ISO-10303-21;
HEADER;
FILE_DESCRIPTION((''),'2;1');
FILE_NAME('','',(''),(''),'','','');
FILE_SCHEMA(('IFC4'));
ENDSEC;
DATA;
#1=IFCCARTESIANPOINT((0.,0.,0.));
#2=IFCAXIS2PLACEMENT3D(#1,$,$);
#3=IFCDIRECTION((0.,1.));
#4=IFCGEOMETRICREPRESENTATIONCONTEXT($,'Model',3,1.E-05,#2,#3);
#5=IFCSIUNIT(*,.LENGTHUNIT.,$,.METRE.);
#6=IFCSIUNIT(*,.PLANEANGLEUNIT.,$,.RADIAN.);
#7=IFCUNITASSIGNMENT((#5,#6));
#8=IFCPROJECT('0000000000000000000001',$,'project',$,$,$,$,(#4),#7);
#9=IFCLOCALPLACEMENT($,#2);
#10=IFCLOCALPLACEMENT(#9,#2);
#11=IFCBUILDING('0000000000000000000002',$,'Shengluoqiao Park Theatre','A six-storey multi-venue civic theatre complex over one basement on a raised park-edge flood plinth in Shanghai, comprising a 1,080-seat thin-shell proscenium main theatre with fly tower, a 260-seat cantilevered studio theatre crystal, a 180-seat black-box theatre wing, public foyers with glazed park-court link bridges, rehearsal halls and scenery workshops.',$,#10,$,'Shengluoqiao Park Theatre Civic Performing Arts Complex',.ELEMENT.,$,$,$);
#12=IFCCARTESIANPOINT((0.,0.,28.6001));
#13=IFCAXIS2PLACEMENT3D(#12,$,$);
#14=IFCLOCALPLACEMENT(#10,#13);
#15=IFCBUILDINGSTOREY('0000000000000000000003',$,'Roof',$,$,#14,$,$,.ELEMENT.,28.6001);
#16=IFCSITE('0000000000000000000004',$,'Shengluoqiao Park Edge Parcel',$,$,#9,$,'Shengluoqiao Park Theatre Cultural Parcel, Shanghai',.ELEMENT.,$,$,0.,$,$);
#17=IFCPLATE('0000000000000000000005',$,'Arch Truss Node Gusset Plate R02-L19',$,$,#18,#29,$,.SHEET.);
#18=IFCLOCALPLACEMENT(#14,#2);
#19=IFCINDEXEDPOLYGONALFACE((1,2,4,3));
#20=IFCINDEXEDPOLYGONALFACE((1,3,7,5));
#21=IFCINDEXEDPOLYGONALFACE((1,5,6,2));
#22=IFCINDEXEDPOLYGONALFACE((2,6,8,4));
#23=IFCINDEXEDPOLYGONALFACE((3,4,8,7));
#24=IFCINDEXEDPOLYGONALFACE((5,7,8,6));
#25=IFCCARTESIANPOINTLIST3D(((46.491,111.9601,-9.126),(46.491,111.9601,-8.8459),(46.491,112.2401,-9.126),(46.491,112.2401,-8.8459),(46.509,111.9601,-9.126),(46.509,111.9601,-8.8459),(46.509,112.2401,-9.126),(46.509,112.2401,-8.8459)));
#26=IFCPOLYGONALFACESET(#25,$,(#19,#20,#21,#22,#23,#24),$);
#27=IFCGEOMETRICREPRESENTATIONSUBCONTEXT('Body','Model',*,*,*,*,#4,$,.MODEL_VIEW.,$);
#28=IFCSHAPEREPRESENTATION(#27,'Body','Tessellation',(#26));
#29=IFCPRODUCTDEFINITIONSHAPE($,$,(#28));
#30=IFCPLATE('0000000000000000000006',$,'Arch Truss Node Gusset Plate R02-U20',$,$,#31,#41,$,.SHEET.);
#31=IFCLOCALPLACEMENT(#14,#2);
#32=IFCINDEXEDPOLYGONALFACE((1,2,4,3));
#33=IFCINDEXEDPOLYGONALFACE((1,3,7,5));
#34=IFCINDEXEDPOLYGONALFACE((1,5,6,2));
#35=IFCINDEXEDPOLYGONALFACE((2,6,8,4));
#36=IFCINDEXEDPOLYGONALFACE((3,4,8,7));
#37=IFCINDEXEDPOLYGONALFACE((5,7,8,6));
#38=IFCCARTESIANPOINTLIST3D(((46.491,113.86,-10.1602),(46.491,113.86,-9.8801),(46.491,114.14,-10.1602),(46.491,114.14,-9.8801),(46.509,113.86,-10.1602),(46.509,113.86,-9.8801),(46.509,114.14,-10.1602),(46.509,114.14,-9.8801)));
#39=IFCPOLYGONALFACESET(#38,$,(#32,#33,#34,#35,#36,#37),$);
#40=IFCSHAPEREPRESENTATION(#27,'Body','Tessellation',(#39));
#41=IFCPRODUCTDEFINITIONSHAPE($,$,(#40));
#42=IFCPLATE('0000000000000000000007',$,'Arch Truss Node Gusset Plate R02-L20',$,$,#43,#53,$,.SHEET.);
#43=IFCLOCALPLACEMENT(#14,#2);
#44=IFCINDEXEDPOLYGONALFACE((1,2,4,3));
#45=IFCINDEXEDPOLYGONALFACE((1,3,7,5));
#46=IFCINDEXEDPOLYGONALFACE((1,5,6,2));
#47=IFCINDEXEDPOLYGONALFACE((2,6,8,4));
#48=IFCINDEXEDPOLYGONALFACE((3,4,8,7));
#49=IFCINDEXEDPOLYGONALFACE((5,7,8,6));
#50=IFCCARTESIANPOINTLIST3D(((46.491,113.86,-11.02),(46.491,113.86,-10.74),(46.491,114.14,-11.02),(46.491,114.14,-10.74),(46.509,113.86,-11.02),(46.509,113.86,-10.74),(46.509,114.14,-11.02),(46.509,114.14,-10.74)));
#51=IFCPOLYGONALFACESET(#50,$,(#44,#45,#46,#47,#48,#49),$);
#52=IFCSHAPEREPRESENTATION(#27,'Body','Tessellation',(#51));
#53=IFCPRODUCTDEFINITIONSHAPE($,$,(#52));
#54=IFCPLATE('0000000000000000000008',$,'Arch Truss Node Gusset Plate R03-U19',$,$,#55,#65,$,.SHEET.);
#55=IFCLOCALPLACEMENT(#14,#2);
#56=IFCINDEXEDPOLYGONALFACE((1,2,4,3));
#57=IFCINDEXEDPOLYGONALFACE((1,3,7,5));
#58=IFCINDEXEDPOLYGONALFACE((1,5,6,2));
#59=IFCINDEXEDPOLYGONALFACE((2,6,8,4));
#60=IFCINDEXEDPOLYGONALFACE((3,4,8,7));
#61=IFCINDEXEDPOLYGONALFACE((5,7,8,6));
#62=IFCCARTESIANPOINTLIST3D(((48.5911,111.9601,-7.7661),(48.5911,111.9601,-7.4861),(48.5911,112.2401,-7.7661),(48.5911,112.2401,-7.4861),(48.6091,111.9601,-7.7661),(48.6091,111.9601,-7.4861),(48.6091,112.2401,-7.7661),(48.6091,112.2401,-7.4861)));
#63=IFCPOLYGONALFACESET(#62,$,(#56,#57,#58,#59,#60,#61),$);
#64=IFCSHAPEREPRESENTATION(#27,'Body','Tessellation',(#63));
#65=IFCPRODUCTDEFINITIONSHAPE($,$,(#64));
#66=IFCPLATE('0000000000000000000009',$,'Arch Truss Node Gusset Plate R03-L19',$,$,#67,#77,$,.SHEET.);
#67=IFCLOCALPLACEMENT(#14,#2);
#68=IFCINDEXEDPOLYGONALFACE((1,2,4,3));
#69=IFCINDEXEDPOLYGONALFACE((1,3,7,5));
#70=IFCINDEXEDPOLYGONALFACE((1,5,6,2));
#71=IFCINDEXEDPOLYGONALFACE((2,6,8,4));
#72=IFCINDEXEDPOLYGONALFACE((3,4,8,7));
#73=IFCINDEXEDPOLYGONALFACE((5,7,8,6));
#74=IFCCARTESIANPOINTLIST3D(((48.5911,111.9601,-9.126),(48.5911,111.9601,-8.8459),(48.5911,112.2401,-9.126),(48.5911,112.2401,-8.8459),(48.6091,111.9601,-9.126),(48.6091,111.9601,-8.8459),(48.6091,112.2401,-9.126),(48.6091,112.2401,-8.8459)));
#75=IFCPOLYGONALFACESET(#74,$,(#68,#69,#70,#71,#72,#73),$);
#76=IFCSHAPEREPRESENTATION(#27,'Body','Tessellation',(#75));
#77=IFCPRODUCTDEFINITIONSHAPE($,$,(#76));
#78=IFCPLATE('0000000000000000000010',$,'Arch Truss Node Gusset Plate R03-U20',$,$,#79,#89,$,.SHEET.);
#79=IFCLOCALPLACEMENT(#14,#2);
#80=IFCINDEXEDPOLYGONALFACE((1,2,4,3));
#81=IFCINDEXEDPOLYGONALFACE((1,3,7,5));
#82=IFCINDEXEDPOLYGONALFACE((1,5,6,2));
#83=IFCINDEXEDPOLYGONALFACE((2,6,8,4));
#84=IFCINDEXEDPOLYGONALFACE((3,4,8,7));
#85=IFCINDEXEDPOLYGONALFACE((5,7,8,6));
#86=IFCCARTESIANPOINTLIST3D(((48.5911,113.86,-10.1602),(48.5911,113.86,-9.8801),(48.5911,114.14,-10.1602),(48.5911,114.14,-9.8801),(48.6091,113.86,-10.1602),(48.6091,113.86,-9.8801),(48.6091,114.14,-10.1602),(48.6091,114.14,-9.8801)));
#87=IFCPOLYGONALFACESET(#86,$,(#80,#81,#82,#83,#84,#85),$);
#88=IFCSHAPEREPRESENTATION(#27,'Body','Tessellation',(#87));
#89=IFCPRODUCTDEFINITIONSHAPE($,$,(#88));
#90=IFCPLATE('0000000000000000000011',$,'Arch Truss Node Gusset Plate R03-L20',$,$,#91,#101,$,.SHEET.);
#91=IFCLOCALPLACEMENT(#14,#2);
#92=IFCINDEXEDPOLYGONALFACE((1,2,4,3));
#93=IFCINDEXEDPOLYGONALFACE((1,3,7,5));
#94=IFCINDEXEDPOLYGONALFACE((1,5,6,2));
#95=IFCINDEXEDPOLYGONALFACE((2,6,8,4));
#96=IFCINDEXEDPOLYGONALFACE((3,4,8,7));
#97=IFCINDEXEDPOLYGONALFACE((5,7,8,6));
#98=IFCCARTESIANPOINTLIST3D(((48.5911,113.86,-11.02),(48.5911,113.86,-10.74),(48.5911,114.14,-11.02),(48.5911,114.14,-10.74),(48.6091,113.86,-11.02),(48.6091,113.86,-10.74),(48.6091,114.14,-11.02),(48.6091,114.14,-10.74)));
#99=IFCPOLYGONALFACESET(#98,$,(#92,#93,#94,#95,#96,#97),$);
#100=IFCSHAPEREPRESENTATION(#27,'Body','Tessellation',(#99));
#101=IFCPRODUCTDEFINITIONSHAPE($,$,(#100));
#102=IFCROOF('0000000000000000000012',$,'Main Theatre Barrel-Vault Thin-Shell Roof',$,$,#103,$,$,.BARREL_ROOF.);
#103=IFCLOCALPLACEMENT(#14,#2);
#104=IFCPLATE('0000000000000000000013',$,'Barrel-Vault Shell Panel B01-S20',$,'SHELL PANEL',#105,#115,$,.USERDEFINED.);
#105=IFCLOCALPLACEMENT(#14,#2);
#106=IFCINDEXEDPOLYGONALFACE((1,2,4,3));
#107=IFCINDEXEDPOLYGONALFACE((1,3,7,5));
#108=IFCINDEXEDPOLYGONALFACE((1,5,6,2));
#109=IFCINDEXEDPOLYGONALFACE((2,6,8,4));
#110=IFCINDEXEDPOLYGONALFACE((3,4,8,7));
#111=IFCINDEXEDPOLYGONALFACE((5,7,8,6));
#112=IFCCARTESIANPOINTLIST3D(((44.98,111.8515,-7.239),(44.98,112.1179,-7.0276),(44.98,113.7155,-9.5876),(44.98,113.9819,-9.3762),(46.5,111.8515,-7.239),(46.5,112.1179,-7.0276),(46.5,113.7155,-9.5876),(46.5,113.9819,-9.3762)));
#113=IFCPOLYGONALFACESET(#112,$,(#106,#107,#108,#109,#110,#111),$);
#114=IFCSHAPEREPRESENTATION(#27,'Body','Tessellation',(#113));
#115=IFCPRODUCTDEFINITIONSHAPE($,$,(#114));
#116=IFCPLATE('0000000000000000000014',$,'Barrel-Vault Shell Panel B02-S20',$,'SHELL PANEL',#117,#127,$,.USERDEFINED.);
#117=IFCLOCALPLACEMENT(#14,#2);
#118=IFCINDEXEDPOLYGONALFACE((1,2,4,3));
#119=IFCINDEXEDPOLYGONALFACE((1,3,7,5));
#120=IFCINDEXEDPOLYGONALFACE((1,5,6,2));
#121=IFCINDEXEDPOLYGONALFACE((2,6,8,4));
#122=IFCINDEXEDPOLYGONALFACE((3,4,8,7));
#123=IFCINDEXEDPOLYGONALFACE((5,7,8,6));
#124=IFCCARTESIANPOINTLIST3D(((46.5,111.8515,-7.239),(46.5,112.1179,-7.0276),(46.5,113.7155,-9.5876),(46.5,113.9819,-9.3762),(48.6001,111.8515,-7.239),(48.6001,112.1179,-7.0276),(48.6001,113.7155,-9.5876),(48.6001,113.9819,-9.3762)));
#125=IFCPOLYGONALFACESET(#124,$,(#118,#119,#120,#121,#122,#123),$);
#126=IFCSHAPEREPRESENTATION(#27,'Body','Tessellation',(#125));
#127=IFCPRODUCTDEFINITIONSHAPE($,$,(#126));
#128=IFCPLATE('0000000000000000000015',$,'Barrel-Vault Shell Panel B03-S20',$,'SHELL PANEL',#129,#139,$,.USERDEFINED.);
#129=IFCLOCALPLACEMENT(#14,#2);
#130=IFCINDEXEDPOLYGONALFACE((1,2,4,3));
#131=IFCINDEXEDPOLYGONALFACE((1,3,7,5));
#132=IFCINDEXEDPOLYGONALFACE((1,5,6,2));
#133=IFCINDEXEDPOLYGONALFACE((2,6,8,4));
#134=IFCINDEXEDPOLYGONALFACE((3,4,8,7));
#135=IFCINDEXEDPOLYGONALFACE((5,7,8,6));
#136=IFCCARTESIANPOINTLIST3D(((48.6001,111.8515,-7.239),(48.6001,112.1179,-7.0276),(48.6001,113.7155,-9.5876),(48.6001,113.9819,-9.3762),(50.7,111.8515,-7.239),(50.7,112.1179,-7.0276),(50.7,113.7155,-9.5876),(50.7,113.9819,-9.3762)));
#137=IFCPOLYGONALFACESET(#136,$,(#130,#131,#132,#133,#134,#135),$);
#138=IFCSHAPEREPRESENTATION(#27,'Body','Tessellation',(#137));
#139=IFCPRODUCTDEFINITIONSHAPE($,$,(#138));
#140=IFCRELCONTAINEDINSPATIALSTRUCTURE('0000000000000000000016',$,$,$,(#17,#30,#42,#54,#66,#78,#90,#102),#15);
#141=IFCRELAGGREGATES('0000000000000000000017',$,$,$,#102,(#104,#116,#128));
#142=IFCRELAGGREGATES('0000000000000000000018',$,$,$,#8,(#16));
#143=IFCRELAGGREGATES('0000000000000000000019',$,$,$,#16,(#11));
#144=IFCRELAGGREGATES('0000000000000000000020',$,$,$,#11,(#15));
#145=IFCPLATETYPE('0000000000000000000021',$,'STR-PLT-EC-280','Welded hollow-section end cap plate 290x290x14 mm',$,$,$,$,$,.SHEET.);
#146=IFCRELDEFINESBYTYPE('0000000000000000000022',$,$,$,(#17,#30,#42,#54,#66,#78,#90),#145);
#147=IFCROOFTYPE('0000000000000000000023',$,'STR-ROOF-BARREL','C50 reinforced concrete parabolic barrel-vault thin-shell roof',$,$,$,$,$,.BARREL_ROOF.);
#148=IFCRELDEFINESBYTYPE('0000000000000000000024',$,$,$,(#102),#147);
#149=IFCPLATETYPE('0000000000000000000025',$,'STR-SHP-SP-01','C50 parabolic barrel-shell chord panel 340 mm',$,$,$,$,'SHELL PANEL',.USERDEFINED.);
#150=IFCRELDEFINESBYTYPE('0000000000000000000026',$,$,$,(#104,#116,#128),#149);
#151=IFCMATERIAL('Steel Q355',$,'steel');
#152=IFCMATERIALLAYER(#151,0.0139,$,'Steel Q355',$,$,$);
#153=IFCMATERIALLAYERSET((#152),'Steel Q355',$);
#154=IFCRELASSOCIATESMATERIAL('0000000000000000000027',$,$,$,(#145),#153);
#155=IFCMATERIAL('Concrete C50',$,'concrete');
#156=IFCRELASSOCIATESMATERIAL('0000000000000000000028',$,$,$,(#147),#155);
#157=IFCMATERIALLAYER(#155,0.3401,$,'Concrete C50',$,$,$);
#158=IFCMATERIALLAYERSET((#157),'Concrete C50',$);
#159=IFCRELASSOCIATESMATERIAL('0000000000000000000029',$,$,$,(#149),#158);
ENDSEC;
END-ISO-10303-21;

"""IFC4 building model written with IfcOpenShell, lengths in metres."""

from ifc_helpers import new_model, si_unit, direction, frame, origin, origin_2d, place, context, subcontext, project, spatial, polyline, rectangle, outline, extrude, material, layer, layer_set, type_object, element, aggregate, save


model = new_model("IFC4")

# Units and contexts
model_context = context("Model", 3, precision=1e-05, world=origin(), true_north=direction((0.0, 1.0)))
body_context = subcontext(model_context, "Body", "Model", "MODEL_VIEW")
ifc_project = project(units=[si_unit("LENGTHUNIT", "METRE"), si_unit("PLANEANGLEUNIT", "RADIAN")], contexts=[model_context])

# Site, building, storey
site_placement = place(None, origin())
site = spatial("IfcSite", under=ifc_project, at=site_placement, Name="Shengluoqiao Park Edge Parcel", LongName="Shengluoqiao Park Theatre Cultural Parcel, Shanghai", CompositionType="ELEMENT", RefElevation=0.0)
building_placement = place(site_placement, origin())
building = spatial("IfcBuilding", under=site, at=building_placement, Name="Shengluoqiao Park Theatre", Description="A six-storey multi-venue civic theatre complex over one basement on a raised park-edge flood plinth in Shanghai, comprising a 1,080-seat thin-shell proscenium main theatre with fly tower, a 260-seat cantilevered studio theatre crystal, a 180-seat black-box theatre wing, public foyers with glazed park-court link bridges, rehearsal halls and scenery workshops.", LongName="Shengluoqiao Park Theatre Civic Performing Arts Complex", CompositionType="ELEMENT")
storey_placement = place(building_placement, frame((0.0, 0.0, 28.6001)))
storey = spatial("IfcBuildingStorey", under=building, at=storey_placement, Name="Roof", CompositionType="ELEMENT", Elevation=28.6001)

# Shared definitions
ifc_material_1 = material(Name="Concrete C50", Category="concrete")
ifc_material_2 = material(Name="Steel Q355", Category="steel")

# Plates
ifc_layer_1 = layer(ifc_material_2, 0.0139, Name="Steel Q355")
ifc_layer_set_1 = layer_set([ifc_layer_1], Name="Steel Q355")
plate_type_1 = type_object("IfcPlateType", Name="STR-PLT-EC-280", Description="Welded hollow-section end cap plate 290x290x14 mm", PredefinedType="SHEET", material=ifc_layer_set_1)
for number, where, z_axis, x_axis, name in (
    (1, (46.5, 112.1001, -9.126), (0.0, 0.0, 1.0), (1.0, 0.0, 0.0), "Arch Truss Node Gusset Plate R02-L19"),
    (2, (46.5, 114.0, -10.1602), (0.0, 0.0, 1.0), (1.0, 0.0, 0.0), "Arch Truss Node Gusset Plate R02-U20"),
    (3, (46.5, 114.0, -11.02), (0.0, 0.0, 1.0), (1.0, 0.0, 0.0), "Arch Truss Node Gusset Plate R02-L20"),
    (4, (48.6001, 112.1001, -7.7661), (0.0, 0.0, 1.0), (1.0, 0.0, 0.0), "Arch Truss Node Gusset Plate R03-U19"),
    (5, (48.6001, 112.1001, -9.126), (0.0, 0.0, 1.0), (1.0, 0.0, 0.0), "Arch Truss Node Gusset Plate R03-L19"),
    (6, (48.6001, 114.0, -10.1602), (0.0, 0.0, 1.0), (1.0, 0.0, 0.0), "Arch Truss Node Gusset Plate R03-U20"),
    (7, (48.6001, 114.0, -11.02), (0.0, 0.0, 1.0), (1.0, 0.0, 0.0), "Arch Truss Node Gusset Plate R03-L20"),
):
    element("IfcPlate", number, at=place(storey_placement, frame(where, z_axis=z_axis, x_axis=x_axis)), inside=storey, type_object=plate_type_1, Name=name, PredefinedType="SHEET", context=body_context, shape_type="SweptSolid", body=[
        extrude(rectangle(XDim=0.0181, YDim=0.28, at=origin_2d()), origin(), (0.0, 0.0, 1.0), 0.28),
    ])

# Roof, plates
roof_type = type_object("IfcRoofType", Name="STR-ROOF-BARREL", Description="C50 reinforced concrete parabolic barrel-vault thin-shell roof", PredefinedType="BARREL_ROOF", material=ifc_material_1)
roof_placement = place(storey_placement, origin())
roof = element("IfcRoof", 8, at=roof_placement, inside=storey, type_object=roof_type, Name="Main Theatre Barrel-Vault Thin-Shell Roof", PredefinedType="BARREL_ROOF")
ifc_layer_2 = layer(ifc_material_1, 0.3401, Name="Concrete C50")
ifc_layer_set_2 = layer_set([ifc_layer_2], Name="Concrete C50")
plate_type_2 = type_object("IfcPlateType", Name="STR-SHP-SP-01", Description="C50 parabolic barrel-shell chord panel 340 mm", ElementType="SHELL PANEL", PredefinedType="USERDEFINED", material=ifc_layer_set_2)
plate_1_placement = place(storey_placement, frame((44.98, 112.1179, -7.0276), z_axis=(0.0, 0.783286, 0.621662), x_axis=(1.0, 0.0, 0.0)))
plate_1 = element("IfcPlate", 9, at=plate_1_placement, type_object=plate_type_2, Name="Barrel-Vault Shell Panel B01-S20", ObjectType="SHELL PANEL", PredefinedType="USERDEFINED", context=body_context, shape_type="SweptSolid", body=[
    extrude(outline(polyline([(0.0, 0.0), (1.52, 0.0), (1.52, 2.9984), (0.0, 2.9984), (0.0, 0.0)])), origin(), (0.0, 0.0, -1.0), 0.3401),
])
plate_2_placement = place(storey_placement, frame((46.5, 112.1179, -7.0276), z_axis=(0.0, 0.783286, 0.621662), x_axis=(1.0, 0.0, 0.0)))
plate_2 = element("IfcPlate", 10, at=plate_2_placement, type_object=plate_type_2, Name="Barrel-Vault Shell Panel B02-S20", ObjectType="SHELL PANEL", PredefinedType="USERDEFINED", context=body_context, shape_type="SweptSolid", body=[
    extrude(outline(polyline([(0.0, 0.0), (2.1001, 0.0), (2.1001, 2.9984), (0.0, 2.9984), (0.0, 0.0)])), origin(), (0.0, 0.0, -1.0), 0.3401),
])
plate_3_placement = place(storey_placement, frame((48.6001, 112.1179, -7.0276), z_axis=(0.0, 0.783286, 0.621662), x_axis=(1.0, 0.0, 0.0)))
plate_3 = element("IfcPlate", 11, at=plate_3_placement, type_object=plate_type_2, Name="Barrel-Vault Shell Panel B03-S20", ObjectType="SHELL PANEL", PredefinedType="USERDEFINED", context=body_context, shape_type="SweptSolid", body=[
    extrude(outline(polyline([(0.0, 0.0), (2.0999, 0.0), (2.0999, 2.9984), (0.0, 2.9984), (0.0, 0.0)])), origin(), (0.0, 0.0, -1.0), 0.3401),
])
aggregate(roof, [plate_1, plate_2, plate_3])

save(model, "model.ifc")
